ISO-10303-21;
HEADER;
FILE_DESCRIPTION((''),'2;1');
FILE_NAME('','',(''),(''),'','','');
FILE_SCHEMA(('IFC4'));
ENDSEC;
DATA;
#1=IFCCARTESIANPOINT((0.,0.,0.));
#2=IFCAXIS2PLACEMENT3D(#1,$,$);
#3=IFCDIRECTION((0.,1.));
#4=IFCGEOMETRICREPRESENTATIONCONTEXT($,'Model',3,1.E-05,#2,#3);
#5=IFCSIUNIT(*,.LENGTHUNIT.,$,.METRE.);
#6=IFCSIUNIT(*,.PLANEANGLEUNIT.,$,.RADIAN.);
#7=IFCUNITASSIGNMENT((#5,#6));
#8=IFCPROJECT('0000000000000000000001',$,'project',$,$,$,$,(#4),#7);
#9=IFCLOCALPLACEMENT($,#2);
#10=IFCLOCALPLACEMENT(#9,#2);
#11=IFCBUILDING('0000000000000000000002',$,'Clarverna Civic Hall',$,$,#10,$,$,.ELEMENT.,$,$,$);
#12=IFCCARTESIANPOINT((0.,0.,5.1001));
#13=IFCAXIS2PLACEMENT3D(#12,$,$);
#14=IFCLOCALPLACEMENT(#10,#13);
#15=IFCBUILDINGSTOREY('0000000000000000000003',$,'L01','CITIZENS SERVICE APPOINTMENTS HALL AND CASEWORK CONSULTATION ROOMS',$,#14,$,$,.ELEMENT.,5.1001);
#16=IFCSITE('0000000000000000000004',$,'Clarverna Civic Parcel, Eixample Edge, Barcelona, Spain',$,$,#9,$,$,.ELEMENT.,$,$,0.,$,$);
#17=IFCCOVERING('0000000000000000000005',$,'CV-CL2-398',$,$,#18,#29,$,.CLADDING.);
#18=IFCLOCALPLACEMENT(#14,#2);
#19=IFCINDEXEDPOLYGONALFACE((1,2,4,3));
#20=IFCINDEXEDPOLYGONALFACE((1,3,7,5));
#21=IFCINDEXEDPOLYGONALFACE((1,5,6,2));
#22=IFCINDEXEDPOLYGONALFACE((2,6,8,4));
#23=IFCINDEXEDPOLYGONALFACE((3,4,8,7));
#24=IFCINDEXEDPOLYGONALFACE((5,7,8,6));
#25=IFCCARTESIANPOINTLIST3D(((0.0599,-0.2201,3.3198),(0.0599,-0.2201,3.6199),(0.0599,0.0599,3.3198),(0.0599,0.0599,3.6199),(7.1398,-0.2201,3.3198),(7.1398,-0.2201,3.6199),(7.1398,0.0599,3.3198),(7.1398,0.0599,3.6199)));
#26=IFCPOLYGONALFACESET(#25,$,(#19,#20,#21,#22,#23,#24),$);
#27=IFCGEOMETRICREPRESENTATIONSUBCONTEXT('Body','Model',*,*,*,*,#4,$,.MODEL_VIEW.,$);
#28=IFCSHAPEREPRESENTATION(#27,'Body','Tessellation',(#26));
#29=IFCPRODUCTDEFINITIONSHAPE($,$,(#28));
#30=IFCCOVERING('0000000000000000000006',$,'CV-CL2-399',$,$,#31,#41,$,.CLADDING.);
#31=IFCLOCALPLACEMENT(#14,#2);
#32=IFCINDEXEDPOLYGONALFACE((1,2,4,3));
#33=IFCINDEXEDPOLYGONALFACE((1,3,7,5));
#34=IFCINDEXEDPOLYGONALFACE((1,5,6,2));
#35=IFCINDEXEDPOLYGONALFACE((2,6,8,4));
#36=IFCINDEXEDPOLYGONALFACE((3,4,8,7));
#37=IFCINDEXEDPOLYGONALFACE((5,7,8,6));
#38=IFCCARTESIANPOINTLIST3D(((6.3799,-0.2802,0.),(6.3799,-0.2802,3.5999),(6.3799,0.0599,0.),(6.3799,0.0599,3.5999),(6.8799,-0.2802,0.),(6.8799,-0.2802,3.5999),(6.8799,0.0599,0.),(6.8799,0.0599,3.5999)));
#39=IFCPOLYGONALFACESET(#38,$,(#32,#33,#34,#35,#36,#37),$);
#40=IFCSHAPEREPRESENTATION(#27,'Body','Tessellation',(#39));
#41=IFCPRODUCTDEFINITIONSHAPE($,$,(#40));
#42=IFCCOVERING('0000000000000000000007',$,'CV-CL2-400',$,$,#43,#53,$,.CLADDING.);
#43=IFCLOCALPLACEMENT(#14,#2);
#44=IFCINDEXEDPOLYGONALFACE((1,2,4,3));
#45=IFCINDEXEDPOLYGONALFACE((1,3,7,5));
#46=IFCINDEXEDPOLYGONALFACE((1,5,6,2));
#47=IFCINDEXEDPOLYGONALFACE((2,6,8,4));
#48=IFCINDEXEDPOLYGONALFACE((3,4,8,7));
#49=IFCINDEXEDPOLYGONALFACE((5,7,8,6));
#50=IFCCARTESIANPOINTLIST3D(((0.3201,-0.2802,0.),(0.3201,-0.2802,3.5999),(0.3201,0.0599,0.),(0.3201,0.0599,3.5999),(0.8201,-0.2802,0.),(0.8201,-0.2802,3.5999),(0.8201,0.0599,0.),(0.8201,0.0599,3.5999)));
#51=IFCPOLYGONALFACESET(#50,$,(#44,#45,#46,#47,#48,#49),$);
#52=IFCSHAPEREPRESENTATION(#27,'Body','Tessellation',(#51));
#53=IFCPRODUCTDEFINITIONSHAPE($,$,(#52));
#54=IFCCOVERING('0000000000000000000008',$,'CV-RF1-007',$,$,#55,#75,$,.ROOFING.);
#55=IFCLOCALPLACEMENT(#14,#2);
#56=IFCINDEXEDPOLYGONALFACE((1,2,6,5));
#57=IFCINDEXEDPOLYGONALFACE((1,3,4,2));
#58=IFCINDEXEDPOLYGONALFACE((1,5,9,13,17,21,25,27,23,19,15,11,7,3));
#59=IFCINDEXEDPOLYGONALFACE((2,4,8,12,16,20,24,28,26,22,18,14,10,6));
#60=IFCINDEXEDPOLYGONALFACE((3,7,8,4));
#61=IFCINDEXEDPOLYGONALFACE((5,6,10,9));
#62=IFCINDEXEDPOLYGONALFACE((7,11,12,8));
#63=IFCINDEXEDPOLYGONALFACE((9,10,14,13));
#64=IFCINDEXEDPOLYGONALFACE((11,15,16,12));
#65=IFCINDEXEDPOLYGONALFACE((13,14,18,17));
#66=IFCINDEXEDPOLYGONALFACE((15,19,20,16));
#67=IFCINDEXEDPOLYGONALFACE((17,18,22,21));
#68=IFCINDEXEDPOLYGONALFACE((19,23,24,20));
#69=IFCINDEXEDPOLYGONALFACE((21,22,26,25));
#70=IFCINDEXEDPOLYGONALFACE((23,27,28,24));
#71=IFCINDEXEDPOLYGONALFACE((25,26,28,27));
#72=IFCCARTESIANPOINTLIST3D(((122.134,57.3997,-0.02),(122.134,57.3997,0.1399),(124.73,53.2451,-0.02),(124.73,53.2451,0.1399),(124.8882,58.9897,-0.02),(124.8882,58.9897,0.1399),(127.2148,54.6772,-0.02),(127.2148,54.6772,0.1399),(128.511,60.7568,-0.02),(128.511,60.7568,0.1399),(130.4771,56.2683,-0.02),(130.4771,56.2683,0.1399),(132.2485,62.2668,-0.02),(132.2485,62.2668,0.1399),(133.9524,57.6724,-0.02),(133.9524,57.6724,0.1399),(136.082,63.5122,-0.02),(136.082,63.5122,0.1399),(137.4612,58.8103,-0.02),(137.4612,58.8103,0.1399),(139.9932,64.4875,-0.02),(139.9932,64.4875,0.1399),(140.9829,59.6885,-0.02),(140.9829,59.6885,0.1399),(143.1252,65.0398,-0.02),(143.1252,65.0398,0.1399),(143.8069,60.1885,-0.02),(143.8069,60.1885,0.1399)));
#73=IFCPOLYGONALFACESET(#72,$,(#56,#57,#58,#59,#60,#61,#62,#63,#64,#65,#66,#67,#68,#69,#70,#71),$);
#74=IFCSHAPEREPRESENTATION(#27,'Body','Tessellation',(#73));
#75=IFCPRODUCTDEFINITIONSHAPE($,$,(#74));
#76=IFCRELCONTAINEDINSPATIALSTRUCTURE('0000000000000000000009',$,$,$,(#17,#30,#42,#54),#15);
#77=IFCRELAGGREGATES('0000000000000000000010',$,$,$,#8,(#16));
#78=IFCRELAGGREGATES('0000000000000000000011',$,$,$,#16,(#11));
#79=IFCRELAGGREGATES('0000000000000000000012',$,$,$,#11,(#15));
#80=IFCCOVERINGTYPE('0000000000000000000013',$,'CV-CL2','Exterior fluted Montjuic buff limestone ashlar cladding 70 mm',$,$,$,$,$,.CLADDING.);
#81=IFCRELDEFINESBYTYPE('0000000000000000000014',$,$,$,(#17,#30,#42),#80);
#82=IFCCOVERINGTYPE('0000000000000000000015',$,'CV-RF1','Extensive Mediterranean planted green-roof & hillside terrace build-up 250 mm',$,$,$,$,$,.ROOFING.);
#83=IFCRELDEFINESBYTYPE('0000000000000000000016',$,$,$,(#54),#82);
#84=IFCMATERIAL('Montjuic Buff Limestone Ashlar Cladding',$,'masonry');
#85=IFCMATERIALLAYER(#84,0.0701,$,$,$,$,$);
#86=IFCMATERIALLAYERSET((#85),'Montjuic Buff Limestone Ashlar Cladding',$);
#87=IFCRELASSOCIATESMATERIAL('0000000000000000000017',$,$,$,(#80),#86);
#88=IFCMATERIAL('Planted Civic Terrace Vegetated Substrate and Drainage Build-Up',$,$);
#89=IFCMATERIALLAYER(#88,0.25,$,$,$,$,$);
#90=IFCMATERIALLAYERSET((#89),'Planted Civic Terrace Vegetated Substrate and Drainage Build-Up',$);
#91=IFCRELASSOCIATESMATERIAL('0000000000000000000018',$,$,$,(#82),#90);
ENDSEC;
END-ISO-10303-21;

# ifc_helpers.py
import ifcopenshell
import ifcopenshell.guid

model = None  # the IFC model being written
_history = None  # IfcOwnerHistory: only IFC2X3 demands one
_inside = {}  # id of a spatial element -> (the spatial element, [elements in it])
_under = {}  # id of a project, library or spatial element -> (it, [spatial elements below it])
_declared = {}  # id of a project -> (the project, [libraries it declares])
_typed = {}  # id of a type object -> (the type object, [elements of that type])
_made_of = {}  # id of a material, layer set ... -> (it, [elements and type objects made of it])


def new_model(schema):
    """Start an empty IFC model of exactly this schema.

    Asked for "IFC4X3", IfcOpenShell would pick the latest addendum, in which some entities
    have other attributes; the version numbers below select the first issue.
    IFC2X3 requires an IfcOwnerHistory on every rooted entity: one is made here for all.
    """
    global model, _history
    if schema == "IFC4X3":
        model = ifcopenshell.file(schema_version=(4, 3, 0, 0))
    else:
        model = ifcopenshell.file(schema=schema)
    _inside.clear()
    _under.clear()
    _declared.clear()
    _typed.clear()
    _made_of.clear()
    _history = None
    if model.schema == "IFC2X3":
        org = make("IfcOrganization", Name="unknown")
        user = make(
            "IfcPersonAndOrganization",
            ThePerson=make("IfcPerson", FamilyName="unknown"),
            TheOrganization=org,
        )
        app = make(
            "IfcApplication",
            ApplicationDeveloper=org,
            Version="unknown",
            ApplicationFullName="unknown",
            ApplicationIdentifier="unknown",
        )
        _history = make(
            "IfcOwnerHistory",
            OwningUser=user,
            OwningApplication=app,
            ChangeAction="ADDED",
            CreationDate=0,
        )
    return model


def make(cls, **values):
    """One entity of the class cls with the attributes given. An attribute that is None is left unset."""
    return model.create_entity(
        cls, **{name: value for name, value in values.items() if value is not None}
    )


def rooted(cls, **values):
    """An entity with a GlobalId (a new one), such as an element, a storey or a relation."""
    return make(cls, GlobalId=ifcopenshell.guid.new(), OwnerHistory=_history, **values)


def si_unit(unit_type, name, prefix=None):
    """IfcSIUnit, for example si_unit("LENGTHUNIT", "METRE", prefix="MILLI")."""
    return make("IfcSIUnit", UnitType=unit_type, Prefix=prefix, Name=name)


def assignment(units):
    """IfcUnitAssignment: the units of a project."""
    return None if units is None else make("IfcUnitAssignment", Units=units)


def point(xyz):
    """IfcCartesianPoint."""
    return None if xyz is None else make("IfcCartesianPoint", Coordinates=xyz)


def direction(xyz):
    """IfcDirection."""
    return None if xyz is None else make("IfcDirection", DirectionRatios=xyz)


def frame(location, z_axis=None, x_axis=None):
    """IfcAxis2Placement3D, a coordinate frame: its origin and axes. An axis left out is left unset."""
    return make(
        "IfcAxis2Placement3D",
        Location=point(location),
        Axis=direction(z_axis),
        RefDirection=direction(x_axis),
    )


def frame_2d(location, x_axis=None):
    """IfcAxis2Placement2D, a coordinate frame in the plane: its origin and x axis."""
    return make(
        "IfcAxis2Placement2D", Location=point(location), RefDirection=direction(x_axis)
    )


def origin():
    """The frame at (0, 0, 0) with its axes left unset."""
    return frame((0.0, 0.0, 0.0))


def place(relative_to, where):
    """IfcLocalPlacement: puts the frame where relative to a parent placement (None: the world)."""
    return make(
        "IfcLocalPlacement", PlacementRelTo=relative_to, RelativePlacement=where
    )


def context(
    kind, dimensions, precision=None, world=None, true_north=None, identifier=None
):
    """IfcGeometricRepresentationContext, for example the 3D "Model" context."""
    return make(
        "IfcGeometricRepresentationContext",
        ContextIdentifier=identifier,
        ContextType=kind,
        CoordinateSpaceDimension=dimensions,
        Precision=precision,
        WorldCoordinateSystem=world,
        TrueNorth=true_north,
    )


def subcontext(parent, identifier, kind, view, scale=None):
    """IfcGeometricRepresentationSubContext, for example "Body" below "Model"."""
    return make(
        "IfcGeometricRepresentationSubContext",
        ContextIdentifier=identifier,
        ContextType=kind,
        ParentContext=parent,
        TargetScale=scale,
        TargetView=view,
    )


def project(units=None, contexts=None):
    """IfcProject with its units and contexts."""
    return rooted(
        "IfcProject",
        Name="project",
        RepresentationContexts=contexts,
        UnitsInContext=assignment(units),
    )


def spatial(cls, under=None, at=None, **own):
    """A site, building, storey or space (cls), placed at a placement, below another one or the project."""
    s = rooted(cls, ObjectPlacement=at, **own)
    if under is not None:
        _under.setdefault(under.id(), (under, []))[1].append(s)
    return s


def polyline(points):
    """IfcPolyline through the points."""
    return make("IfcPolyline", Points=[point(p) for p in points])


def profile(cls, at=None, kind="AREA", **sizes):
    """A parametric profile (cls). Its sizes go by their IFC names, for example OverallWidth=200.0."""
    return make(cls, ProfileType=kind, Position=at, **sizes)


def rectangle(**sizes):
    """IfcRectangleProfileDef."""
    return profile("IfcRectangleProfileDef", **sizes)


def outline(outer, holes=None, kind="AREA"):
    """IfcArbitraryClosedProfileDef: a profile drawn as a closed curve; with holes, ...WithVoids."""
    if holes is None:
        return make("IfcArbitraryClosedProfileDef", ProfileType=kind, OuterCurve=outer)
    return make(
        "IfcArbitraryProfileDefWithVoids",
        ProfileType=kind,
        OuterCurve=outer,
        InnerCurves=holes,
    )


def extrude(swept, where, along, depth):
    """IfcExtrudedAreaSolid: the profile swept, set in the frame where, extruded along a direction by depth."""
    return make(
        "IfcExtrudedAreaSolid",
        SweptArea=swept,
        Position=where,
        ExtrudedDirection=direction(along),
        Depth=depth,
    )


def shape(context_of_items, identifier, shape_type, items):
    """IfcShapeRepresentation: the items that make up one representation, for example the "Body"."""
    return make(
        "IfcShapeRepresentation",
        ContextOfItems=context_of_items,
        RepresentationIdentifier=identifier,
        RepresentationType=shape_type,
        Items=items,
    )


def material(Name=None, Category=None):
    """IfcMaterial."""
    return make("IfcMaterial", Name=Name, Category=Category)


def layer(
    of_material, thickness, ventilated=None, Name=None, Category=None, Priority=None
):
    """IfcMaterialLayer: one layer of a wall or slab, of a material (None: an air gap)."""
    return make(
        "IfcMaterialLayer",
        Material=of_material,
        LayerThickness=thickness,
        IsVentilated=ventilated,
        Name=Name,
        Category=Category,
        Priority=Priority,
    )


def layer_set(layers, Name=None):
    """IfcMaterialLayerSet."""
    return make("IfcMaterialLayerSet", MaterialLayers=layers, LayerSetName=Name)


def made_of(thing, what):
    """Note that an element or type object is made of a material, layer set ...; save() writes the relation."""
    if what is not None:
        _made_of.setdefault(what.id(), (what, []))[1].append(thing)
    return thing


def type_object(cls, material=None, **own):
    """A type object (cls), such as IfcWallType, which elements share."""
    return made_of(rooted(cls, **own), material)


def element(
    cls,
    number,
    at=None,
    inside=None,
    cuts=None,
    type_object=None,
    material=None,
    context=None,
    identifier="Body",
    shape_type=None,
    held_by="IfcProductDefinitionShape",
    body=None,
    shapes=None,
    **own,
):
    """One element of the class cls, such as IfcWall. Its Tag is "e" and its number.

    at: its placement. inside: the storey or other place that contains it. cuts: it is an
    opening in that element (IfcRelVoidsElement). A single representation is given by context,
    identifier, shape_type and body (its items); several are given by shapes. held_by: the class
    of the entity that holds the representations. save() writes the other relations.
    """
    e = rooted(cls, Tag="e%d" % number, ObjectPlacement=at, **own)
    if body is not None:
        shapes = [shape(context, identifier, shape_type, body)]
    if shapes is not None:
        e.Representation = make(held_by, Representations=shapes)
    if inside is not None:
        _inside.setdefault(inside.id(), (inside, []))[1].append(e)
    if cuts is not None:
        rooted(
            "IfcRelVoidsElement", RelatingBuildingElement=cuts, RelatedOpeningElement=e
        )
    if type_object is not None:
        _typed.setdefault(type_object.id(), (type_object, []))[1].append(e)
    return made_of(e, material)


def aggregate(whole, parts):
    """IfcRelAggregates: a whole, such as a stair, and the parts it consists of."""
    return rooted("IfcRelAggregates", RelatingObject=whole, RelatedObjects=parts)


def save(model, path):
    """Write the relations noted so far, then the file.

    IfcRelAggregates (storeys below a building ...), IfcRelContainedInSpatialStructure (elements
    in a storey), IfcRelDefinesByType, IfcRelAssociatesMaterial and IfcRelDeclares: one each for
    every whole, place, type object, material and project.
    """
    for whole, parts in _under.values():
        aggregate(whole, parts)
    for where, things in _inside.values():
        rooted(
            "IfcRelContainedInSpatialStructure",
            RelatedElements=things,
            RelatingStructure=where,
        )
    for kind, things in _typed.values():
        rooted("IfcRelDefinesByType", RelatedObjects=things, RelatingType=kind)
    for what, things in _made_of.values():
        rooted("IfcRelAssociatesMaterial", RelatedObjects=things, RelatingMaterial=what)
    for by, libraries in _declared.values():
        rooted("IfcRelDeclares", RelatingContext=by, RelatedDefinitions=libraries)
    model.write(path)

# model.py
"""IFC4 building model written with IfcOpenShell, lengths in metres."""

from ifc_helpers import new_model, si_unit, direction, frame, frame_2d, origin, place, context, subcontext, project, spatial, polyline, rectangle, outline, extrude, material, layer, layer_set, type_object, element, save


model = new_model("IFC4")

# Units and contexts
model_context = context("Model", 3, precision=1e-05, world=origin(), true_north=direction((0.0, 1.0)))
body_context = subcontext(model_context, "Body", "Model", "MODEL_VIEW")
ifc_project = project(units=[si_unit("LENGTHUNIT", "METRE"), si_unit("PLANEANGLEUNIT", "RADIAN")], contexts=[model_context])

# Site, building, storey
site_placement = place(None, origin())
site = spatial("IfcSite", under=ifc_project, at=site_placement, Name="Clarverna Civic Parcel, Eixample Edge, Barcelona, Spain", CompositionType="ELEMENT", RefElevation=0.0)
building_placement = place(site_placement, origin())
building = spatial("IfcBuilding", under=site, at=building_placement, Name="Clarverna Civic Hall", CompositionType="ELEMENT")
storey_placement = place(building_placement, frame((0.0, 0.0, 5.1001)))
storey = spatial("IfcBuildingStorey", under=building, at=storey_placement, Name="L01", Description="CITIZENS SERVICE APPOINTMENTS HALL AND CASEWORK CONSULTATION ROOMS", CompositionType="ELEMENT", Elevation=5.1001)

# Coverings
ifc_material_1 = material(Name="Montjuic Buff Limestone Ashlar Cladding", Category="masonry")
ifc_layer_1 = layer(ifc_material_1, 0.0701)
ifc_layer_set_1 = layer_set([ifc_layer_1], Name="Montjuic Buff Limestone Ashlar Cladding")
covering_type_1 = type_object("IfcCoveringType", Name="CV-CL2", Description="Exterior fluted Montjuic buff limestone ashlar cladding 70 mm", PredefinedType="CLADDING", material=ifc_layer_set_1)
covering_1_placement = place(storey_placement, frame((7.1399, -0.0801, 3.3198), z_axis=(0.0, 0.0, 1.0), x_axis=(-1.0, 0.0, 0.0)))
element("IfcCovering", 1, at=covering_1_placement, inside=storey, type_object=covering_type_1, Name="CV-CL2-398", PredefinedType="CLADDING", context=body_context, shape_type="SweptSolid", body=[
    extrude(rectangle(XDim=7.0798, YDim=0.28, at=frame_2d((3.54, 0.0))), origin(), (0.0, 0.0, 1.0), 0.3),
])
for number, where, z_axis, x_axis, name in (
    (2, (6.8799, -0.1101, 0.0), (0.0, 0.0, 1.0), (-1.0, 0.0, 0.0), "CV-CL2-399"),
    (3, (0.8201, -0.1101, 0.0), (0.0, 0.0, 1.0), (-1.0, 0.0, 0.0), "CV-CL2-400"),
):
    element("IfcCovering", number, at=place(storey_placement, frame(where, z_axis=z_axis, x_axis=x_axis)), inside=storey, type_object=covering_type_1, Name=name, PredefinedType="CLADDING", context=body_context, shape_type="SweptSolid", body=[
        extrude(rectangle(XDim=0.5, YDim=0.3401, at=frame_2d((0.25, 0.0))), origin(), (0.0, 0.0, 1.0), 3.5999),
    ])
ifc_material_2 = material(Name="Planted Civic Terrace Vegetated Substrate and Drainage Build-Up")
ifc_layer_2 = layer(ifc_material_2, 0.25)
ifc_layer_set_2 = layer_set([ifc_layer_2], Name="Planted Civic Terrace Vegetated Substrate and Drainage Build-Up")
covering_type_2 = type_object("IfcCoveringType", Name="CV-RF1", Description="Extensive Mediterranean planted green-roof & hillside terrace build-up 250 mm", PredefinedType="ROOFING", material=ifc_layer_set_2)
covering_2_placement = place(storey_placement, frame((0.0, 0.0, -0.02)))
element("IfcCovering", 4, at=covering_2_placement, inside=storey, type_object=covering_type_2, Name="CV-RF1-007", PredefinedType="ROOFING", context=body_context, shape_type="SweptSolid", body=[
    extrude(outline(polyline([(133.9524, 57.6724), (130.4771, 56.2683), (127.2148, 54.6772), (124.73, 53.2451), (122.134, 57.3997), (124.8882, 58.9897), (128.511, 60.7568), (132.2485, 62.2668), (136.082, 63.5122), (139.9932, 64.4875), (143.1252, 65.0398), (143.8069, 60.1885), (140.9829, 59.6885), (137.4612, 58.8103), (133.9524, 57.6724)])), origin(), (0.0, 0.0, 1.0), 0.1599),
])

save(model, "model.ifc")
